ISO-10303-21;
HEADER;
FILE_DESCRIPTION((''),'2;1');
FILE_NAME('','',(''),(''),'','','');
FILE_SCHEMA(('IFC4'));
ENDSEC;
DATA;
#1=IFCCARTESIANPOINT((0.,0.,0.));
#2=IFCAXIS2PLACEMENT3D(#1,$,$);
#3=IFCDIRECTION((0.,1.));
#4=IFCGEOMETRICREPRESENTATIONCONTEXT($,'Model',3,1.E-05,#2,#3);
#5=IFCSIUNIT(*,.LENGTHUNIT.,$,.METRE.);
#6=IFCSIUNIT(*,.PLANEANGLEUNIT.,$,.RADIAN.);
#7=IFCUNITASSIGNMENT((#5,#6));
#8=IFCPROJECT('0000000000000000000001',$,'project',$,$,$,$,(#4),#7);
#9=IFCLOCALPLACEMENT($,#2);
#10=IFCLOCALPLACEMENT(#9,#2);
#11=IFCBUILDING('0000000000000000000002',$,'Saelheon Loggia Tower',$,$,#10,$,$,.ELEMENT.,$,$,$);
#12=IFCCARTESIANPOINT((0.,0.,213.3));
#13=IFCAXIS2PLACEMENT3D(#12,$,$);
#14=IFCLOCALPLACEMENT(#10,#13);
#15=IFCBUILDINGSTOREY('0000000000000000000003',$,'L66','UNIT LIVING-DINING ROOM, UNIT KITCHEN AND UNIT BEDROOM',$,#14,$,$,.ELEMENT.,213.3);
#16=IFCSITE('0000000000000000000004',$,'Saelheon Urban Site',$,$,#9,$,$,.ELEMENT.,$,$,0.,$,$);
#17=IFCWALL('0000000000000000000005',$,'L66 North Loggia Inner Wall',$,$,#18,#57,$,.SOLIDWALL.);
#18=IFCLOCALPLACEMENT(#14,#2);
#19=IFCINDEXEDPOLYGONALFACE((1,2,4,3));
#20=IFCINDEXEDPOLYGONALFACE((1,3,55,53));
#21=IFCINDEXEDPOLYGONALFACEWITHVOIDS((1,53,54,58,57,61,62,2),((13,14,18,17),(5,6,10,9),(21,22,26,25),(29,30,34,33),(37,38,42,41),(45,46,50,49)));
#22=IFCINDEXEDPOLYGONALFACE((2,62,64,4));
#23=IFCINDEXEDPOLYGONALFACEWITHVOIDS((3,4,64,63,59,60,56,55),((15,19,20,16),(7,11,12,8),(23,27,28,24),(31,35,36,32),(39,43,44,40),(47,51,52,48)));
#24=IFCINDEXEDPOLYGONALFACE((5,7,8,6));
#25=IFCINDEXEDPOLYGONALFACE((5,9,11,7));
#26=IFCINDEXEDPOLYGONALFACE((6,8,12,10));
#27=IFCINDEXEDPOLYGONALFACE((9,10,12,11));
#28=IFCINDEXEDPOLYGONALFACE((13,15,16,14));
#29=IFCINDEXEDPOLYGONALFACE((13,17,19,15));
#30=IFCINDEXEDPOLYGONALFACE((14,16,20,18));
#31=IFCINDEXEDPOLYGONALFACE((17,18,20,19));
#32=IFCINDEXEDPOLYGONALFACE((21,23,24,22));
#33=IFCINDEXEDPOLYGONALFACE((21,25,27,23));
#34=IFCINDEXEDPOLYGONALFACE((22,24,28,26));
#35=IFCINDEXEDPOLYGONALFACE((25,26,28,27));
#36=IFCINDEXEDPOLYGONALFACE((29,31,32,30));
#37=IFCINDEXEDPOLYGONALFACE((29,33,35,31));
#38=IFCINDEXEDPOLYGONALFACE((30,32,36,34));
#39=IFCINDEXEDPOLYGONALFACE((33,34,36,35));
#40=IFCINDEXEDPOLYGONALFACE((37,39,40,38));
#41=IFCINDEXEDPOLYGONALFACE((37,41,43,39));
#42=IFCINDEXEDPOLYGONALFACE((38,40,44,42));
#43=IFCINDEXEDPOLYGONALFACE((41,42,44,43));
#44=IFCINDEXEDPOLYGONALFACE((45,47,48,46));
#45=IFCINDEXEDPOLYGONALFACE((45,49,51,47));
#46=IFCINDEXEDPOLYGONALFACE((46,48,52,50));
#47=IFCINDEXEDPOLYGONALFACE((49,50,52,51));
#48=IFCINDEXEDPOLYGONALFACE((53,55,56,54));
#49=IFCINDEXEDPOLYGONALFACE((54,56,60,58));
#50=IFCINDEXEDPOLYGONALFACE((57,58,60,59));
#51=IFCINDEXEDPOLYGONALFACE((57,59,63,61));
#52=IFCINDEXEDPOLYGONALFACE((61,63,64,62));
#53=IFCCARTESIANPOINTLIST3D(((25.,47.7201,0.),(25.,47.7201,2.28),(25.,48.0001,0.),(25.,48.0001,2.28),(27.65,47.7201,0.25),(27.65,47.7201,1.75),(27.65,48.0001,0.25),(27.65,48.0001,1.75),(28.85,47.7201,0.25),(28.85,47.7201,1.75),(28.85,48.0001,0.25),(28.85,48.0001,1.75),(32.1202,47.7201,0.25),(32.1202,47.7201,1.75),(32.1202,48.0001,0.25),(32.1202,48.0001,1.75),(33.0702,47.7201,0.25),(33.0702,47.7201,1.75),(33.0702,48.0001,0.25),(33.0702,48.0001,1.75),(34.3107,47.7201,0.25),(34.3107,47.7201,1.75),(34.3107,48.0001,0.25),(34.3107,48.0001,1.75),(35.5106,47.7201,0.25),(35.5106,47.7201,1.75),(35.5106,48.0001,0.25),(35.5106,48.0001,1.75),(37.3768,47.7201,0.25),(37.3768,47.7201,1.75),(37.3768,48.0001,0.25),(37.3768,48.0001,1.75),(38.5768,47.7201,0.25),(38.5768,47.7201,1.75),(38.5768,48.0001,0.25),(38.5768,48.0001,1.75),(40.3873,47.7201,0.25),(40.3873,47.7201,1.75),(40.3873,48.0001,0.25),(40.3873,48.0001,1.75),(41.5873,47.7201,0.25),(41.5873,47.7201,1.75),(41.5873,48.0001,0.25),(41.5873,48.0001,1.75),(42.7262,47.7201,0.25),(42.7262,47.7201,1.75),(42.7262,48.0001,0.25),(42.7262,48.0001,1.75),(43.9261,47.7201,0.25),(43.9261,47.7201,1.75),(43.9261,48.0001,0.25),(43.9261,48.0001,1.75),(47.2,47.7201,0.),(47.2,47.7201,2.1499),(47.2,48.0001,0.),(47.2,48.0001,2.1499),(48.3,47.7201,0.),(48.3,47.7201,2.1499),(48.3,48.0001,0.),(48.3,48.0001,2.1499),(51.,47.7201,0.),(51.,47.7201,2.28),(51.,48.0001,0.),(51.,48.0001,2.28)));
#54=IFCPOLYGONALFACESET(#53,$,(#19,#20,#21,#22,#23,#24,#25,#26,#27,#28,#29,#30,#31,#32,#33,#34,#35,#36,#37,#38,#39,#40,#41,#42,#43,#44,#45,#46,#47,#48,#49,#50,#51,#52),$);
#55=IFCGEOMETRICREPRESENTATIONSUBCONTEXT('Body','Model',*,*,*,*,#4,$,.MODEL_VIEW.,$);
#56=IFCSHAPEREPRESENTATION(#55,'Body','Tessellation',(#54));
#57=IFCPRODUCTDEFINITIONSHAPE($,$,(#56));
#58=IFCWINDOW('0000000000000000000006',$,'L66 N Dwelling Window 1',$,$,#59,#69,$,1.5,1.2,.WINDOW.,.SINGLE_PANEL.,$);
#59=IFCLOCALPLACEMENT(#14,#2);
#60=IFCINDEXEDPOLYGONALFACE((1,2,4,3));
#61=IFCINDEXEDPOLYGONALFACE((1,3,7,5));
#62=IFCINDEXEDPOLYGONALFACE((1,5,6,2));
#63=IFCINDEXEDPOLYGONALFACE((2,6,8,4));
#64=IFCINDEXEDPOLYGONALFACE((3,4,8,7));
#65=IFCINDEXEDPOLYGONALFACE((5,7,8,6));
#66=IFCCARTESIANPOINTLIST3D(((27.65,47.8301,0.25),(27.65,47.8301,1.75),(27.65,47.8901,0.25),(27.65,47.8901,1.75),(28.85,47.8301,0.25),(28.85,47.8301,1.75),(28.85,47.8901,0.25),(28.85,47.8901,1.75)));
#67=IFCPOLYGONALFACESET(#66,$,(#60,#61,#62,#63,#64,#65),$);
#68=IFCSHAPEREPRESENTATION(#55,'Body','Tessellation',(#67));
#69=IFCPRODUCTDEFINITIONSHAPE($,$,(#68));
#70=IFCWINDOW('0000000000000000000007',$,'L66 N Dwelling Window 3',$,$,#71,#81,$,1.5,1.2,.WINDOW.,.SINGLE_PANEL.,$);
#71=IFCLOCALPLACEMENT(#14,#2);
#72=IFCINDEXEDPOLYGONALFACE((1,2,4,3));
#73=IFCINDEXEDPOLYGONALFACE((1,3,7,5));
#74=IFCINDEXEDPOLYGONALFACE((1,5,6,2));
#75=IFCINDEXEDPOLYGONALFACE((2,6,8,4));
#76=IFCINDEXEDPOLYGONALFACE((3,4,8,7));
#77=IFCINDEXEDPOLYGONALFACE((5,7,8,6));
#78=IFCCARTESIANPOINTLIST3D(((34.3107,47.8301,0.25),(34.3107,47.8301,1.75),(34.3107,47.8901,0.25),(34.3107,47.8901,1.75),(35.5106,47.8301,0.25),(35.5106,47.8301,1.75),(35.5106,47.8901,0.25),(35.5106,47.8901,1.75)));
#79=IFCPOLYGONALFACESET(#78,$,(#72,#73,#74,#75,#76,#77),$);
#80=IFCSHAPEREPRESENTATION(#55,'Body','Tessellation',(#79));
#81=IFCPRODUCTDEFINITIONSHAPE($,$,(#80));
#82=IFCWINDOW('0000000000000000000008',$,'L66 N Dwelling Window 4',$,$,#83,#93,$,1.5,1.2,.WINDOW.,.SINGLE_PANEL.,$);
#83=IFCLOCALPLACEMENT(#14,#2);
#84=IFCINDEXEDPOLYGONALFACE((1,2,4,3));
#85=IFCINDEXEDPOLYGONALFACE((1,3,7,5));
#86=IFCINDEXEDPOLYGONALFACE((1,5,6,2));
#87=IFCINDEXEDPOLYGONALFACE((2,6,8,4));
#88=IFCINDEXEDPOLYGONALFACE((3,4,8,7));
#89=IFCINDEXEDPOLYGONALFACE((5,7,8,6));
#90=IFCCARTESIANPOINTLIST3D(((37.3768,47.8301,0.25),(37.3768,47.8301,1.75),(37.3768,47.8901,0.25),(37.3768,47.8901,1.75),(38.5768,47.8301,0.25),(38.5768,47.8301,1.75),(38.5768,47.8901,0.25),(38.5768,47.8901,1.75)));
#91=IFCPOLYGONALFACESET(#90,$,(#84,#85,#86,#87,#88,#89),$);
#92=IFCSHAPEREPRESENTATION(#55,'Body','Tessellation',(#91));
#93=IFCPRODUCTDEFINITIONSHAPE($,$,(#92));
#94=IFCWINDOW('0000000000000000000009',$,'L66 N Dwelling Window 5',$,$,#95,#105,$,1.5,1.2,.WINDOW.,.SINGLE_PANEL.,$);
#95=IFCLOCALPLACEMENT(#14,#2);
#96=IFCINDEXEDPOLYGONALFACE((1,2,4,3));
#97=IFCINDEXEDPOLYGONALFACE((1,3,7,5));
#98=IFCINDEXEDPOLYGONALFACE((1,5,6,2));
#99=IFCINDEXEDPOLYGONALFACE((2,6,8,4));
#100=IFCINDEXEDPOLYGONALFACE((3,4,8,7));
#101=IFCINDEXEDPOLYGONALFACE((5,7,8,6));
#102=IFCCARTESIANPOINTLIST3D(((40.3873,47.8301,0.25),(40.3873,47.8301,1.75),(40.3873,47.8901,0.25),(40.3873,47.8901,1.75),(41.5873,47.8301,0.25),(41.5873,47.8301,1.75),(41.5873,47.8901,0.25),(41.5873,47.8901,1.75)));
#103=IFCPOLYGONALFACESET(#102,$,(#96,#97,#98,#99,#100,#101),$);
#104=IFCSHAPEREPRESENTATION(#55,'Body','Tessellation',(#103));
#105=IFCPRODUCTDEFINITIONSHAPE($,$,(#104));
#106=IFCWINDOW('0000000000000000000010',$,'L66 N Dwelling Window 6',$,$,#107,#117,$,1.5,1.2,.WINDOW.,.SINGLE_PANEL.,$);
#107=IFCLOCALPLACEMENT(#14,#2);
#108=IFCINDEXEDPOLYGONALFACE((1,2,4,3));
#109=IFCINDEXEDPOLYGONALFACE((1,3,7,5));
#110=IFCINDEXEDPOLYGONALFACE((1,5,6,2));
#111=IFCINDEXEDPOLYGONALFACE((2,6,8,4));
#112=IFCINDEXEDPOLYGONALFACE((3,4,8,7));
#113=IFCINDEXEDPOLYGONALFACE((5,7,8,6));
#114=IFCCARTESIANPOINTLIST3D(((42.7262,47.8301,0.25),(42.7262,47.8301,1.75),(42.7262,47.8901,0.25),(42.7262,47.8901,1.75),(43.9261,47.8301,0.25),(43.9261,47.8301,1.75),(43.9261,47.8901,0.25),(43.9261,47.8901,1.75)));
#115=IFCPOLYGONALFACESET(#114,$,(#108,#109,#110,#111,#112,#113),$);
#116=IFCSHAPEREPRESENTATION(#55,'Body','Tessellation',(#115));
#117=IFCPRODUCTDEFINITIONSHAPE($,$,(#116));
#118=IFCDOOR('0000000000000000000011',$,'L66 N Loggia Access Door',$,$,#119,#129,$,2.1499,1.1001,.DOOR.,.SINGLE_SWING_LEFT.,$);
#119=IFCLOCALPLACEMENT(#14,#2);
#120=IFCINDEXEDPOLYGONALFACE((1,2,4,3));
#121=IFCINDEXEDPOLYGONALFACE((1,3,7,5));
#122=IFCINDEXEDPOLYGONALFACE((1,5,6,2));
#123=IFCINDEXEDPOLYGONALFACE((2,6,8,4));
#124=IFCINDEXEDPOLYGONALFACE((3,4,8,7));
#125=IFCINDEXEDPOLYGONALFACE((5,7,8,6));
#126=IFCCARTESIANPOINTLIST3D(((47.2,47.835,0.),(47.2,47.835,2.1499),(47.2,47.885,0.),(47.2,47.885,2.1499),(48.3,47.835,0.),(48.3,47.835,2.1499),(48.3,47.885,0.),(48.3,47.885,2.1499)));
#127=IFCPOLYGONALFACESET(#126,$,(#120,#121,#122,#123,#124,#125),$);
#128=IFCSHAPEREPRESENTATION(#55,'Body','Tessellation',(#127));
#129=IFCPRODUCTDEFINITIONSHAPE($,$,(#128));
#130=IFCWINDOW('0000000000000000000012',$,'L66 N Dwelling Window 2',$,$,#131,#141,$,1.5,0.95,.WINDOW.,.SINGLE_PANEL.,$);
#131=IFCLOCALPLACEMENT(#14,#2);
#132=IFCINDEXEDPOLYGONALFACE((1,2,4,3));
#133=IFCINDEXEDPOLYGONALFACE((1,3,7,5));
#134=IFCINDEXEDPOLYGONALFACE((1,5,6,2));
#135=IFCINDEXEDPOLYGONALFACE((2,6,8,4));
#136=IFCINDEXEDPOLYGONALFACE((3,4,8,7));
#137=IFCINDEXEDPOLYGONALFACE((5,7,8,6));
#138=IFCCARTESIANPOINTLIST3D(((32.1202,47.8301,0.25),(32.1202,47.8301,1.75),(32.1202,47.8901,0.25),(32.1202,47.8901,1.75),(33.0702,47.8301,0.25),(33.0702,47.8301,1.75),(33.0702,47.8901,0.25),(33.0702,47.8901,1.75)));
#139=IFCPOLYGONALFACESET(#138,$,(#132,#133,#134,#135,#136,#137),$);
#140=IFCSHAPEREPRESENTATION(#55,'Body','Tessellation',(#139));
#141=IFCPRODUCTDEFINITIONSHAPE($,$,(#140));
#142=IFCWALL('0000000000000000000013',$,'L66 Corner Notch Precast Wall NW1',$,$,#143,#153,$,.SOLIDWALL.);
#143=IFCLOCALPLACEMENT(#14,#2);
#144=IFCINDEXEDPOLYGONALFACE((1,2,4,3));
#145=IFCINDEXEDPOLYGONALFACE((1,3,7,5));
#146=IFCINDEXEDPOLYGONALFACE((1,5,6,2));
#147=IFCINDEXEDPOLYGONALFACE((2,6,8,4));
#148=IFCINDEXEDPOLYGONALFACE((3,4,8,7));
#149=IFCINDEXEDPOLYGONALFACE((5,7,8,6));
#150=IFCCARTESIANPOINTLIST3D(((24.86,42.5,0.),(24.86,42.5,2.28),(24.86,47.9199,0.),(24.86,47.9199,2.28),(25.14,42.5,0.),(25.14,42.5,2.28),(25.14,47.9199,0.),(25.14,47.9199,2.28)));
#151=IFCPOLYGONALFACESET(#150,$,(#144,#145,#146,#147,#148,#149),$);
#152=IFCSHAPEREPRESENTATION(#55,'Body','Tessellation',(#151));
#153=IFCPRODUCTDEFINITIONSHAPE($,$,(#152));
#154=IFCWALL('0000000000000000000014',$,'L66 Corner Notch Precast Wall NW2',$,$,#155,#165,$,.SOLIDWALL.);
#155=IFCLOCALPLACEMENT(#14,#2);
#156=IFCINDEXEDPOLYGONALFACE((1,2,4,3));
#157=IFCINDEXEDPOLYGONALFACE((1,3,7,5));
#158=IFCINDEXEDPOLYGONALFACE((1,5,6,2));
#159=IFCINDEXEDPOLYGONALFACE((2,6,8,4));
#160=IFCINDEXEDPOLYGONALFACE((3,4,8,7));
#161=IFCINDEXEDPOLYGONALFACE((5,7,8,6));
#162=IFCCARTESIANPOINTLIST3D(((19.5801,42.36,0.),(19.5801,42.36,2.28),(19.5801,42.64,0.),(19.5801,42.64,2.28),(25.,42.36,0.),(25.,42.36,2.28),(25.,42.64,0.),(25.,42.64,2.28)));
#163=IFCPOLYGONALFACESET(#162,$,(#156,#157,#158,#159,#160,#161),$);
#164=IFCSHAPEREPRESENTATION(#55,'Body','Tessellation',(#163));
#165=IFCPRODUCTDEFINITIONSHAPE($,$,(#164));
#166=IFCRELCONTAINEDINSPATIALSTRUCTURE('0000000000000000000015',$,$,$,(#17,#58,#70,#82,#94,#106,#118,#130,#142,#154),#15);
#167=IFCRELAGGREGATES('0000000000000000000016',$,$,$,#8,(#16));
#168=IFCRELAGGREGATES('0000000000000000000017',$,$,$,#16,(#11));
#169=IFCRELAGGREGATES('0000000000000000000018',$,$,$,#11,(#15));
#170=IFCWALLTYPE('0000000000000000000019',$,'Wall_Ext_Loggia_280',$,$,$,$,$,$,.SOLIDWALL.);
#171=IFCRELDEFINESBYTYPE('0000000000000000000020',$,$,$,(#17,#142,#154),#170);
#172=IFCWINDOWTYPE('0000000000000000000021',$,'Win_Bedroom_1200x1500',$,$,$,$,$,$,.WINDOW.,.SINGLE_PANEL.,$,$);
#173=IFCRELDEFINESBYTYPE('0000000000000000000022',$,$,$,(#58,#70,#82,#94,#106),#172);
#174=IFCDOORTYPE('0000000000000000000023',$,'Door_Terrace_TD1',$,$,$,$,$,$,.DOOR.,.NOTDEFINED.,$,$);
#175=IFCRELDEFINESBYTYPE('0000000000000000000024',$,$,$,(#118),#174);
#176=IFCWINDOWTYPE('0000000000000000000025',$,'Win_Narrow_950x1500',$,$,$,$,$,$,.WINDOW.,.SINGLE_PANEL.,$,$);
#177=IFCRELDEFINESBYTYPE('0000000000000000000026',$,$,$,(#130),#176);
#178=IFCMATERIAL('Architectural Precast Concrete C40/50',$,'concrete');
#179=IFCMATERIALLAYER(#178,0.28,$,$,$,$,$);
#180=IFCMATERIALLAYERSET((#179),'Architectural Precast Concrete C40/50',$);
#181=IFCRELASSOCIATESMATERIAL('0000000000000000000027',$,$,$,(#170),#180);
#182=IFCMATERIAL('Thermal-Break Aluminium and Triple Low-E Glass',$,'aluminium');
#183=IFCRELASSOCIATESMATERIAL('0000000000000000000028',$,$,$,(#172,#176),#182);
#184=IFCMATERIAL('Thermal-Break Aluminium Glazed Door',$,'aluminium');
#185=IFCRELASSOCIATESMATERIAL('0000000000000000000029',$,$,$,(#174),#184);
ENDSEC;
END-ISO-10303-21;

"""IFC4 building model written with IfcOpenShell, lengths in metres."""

from ifc_helpers import new_model, si_unit, direction, frame, frame_2d, origin, place, context, subcontext, project, spatial, rectangle, extrude, source, transform, mapped, material, layer, layer_set, type_object, element, fill, save


model = new_model("IFC4")

# Units and contexts
model_context = context("Model", 3, precision=1e-05, world=origin(), true_north=direction((0.0, 1.0)))
body_context = subcontext(model_context, "Body", "Model", "MODEL_VIEW")
ifc_project = project(units=[si_unit("LENGTHUNIT", "METRE"), si_unit("PLANEANGLEUNIT", "RADIAN")], contexts=[model_context])

# Site, building, storey
site_placement = place(None, origin())
site = spatial("IfcSite", under=ifc_project, at=site_placement, Name="Saelheon Urban Site", CompositionType="ELEMENT", RefElevation=0.0)
building_placement = place(site_placement, origin())
building = spatial("IfcBuilding", under=site, at=building_placement, Name="Saelheon Loggia Tower", CompositionType="ELEMENT")
storey_placement = place(building_placement, frame((0.0, 0.0, 213.3)))
storey = spatial("IfcBuildingStorey", under=building, at=storey_placement, Name="L66", Description="UNIT LIVING-DINING ROOM, UNIT KITCHEN AND UNIT BEDROOM", CompositionType="ELEMENT", Elevation=213.3)

# Wall, openings, windows, door
ifc_material_1 = material(Name="Architectural Precast Concrete C40/50", Category="concrete")
ifc_layer_1 = layer(ifc_material_1, 0.28)
ifc_layer_set_1 = layer_set([ifc_layer_1], Name="Architectural Precast Concrete C40/50")
wall_type_1 = type_object("IfcWallType", Name="Wall_Ext_Loggia_280", PredefinedType="SOLIDWALL", material=ifc_layer_set_1)
wall_1_placement = place(storey_placement, frame((25.0, 47.8601, 0.0), z_axis=(0.0, 0.0, 1.0), x_axis=(1.0, 0.0, 0.0)))
wall_1 = element("IfcWall", 1, at=wall_1_placement, inside=storey, type_object=wall_type_1, Name="L66 North Loggia Inner Wall", PredefinedType="SOLIDWALL", context=body_context, shape_type="SweptSolid", body=[
    extrude(rectangle(XDim=26.0, YDim=0.28, at=frame_2d((13.0, 0.0))), origin(), (0.0, 0.0, 1.0), 2.28),
])
opening_1_placement = place(wall_1_placement, frame((2.6499, 0.0, 0.25)))
opening_1 = element("IfcOpeningElement", 2, at=opening_1_placement, cuts=wall_1, PredefinedType="OPENING", context=body_context, shape_type="SweptSolid", body=[
    extrude(rectangle(XDim=1.2, YDim=1.5, at=frame_2d((0.6001, 0.75))), frame((0.0, 0.1521, 0.0), z_axis=(0.0, -1.0, 0.0), x_axis=(1.0, 0.0, 0.0)), (0.0, 0.0, 1.0), 0.304),
])
opening_2_placement = place(wall_1_placement, frame((7.1201, 0.0, 0.25)))
opening_2 = element("IfcOpeningElement", 3, at=opening_2_placement, cuts=wall_1, PredefinedType="OPENING", context=body_context, shape_type="SweptSolid", body=[
    extrude(rectangle(XDim=0.95, YDim=1.5, at=frame_2d((0.4751, 0.75))), frame((0.0, 0.1521, 0.0), z_axis=(0.0, -1.0, 0.0), x_axis=(1.0, 0.0, 0.0)), (0.0, 0.0, 1.0), 0.304),
])
opening_3_placement = place(wall_1_placement, frame((9.3105, 0.0, 0.25)))
opening_3 = element("IfcOpeningElement", 4, at=opening_3_placement, cuts=wall_1, PredefinedType="OPENING", context=body_context, shape_type="SweptSolid", body=[
    extrude(rectangle(XDim=1.2, YDim=1.5, at=frame_2d((0.6001, 0.75))), frame((0.0, 0.1521, 0.0), z_axis=(0.0, -1.0, 0.0), x_axis=(1.0, 0.0, 0.0)), (0.0, 0.0, 1.0), 0.304),
])
opening_4_placement = place(wall_1_placement, frame((12.3767, 0.0, 0.25)))
opening_4 = element("IfcOpeningElement", 5, at=opening_4_placement, cuts=wall_1, PredefinedType="OPENING", context=body_context, shape_type="SweptSolid", body=[
    extrude(rectangle(XDim=1.2, YDim=1.5, at=frame_2d((0.6001, 0.75))), frame((0.0, 0.1521, 0.0), z_axis=(0.0, -1.0, 0.0), x_axis=(1.0, 0.0, 0.0)), (0.0, 0.0, 1.0), 0.304),
])
opening_5_placement = place(wall_1_placement, frame((15.3872, 0.0, 0.25)))
opening_5 = element("IfcOpeningElement", 6, at=opening_5_placement, cuts=wall_1, PredefinedType="OPENING", context=body_context, shape_type="SweptSolid", body=[
    extrude(rectangle(XDim=1.2, YDim=1.5, at=frame_2d((0.6001, 0.75))), frame((0.0, 0.1521, 0.0), z_axis=(0.0, -1.0, 0.0), x_axis=(1.0, 0.0, 0.0)), (0.0, 0.0, 1.0), 0.304),
])
opening_6_placement = place(wall_1_placement, frame((17.7261, 0.0, 0.25)))
opening_6 = element("IfcOpeningElement", 7, at=opening_6_placement, cuts=wall_1, PredefinedType="OPENING", context=body_context, shape_type="SweptSolid", body=[
    extrude(rectangle(XDim=1.2, YDim=1.5, at=frame_2d((0.6001, 0.75))), frame((0.0, 0.1521, 0.0), z_axis=(0.0, -1.0, 0.0), x_axis=(1.0, 0.0, 0.0)), (0.0, 0.0, 1.0), 0.304),
])
opening_7_placement = place(wall_1_placement, frame((22.2, 0.0, 0.0)))
opening_7 = element("IfcOpeningElement", 8, at=opening_7_placement, cuts=wall_1, PredefinedType="OPENING", context=body_context, shape_type="SweptSolid", body=[
    extrude(rectangle(XDim=1.1001, YDim=2.1499, at=frame_2d((0.55, 1.075))), frame((0.0, 0.1521, 0.0), z_axis=(0.0, -1.0, 0.0), x_axis=(1.0, 0.0, 0.0)), (0.0, 0.0, 1.0), 0.304),
])
ifc_material_2 = material(Name="Thermal-Break Aluminium and Triple Low-E Glass", Category="aluminium")
window_type_1 = type_object("IfcWindowType", Name="Win_Bedroom_1200x1500", PartitioningType="SINGLE_PANEL", PredefinedType="WINDOW", material=ifc_material_2)
shared_shape_1 = source(origin(), body_context, "Body", "SweptSolid", [
    extrude(rectangle(XDim=1.2, YDim=1.5, at=frame_2d((0.6001, 0.75))), frame((0.0, 0.03, 0.0), z_axis=(0.0, -1.0, 0.0), x_axis=(1.0, 0.0, 0.0)), (0.0, 0.0, 1.0), 0.0601),
])
window_1_placement = place(opening_1_placement, origin())
window_1 = element("IfcWindow", 9, at=window_1_placement, inside=storey, type_object=window_type_1, Name="L66 N Dwelling Window 1", OverallHeight=1.5, OverallWidth=1.2, PartitioningType="SINGLE_PANEL", PredefinedType="WINDOW", context=body_context, shape_type="MappedRepresentation", body=[
    mapped(shared_shape_1, transform((0.0, 0.0, 0.0), scale=1.0)),
])
fill(opening_1, window_1)
window_2_placement = place(opening_3_placement, origin())
window_2 = element("IfcWindow", 10, at=window_2_placement, inside=storey, type_object=window_type_1, Name="L66 N Dwelling Window 3", OverallHeight=1.5, OverallWidth=1.2, PartitioningType="SINGLE_PANEL", PredefinedType="WINDOW", context=body_context, shape_type="MappedRepresentation", body=[
    mapped(shared_shape_1, transform((0.0, 0.0, 0.0), scale=1.0)),
])
fill(opening_3, window_2)
window_3_placement = place(opening_4_placement, origin())
window_3 = element("IfcWindow", 11, at=window_3_placement, inside=storey, type_object=window_type_1, Name="L66 N Dwelling Window 4", OverallHeight=1.5, OverallWidth=1.2, PartitioningType="SINGLE_PANEL", PredefinedType="WINDOW", context=body_context, shape_type="MappedRepresentation", body=[
    mapped(shared_shape_1, transform((0.0, 0.0, 0.0), scale=1.0)),
])
fill(opening_4, window_3)
window_4_placement = place(opening_5_placement, origin())
window_4 = element("IfcWindow", 12, at=window_4_placement, inside=storey, type_object=window_type_1, Name="L66 N Dwelling Window 5", OverallHeight=1.5, OverallWidth=1.2, PartitioningType="SINGLE_PANEL", PredefinedType="WINDOW", context=body_context, shape_type="MappedRepresentation", body=[
    mapped(shared_shape_1, transform((0.0, 0.0, 0.0), scale=1.0)),
])
fill(opening_5, window_4)
window_5_placement = place(opening_6_placement, origin())
window_5 = element("IfcWindow", 13, at=window_5_placement, inside=storey, type_object=window_type_1, Name="L66 N Dwelling Window 6", OverallHeight=1.5, OverallWidth=1.2, PartitioningType="SINGLE_PANEL", PredefinedType="WINDOW", context=body_context, shape_type="MappedRepresentation", body=[
    mapped(shared_shape_1, transform((0.0, 0.0, 0.0), scale=1.0)),
])
fill(opening_6, window_5)
ifc_material_3 = material(Name="Thermal-Break Aluminium Glazed Door", Category="aluminium")
door_type_1 = type_object("IfcDoorType", Name="Door_Terrace_TD1", OperationType="NOTDEFINED", PredefinedType="DOOR", material=ifc_material_3)
shared_shape_2 = source(origin(), body_context, "Body", "SweptSolid", [
    extrude(rectangle(XDim=1.1001, YDim=2.1499, at=frame_2d((0.55, 1.075))), frame((0.0, 0.0249, 0.0), z_axis=(0.0, -1.0, 0.0), x_axis=(1.0, 0.0, 0.0)), (0.0, 0.0, 1.0), 0.05),
])
door_1_placement = place(opening_7_placement, origin())
door_1 = element("IfcDoor", 14, at=door_1_placement, inside=storey, type_object=door_type_1, Name="L66 N Loggia Access Door", OperationType="SINGLE_SWING_LEFT", OverallHeight=2.1499, OverallWidth=1.1001, PredefinedType="DOOR", context=body_context, shape_type="MappedRepresentation", body=[
    mapped(shared_shape_2, transform((0.0, 0.0, 0.0), scale=1.0)),
])
fill(opening_7, door_1)
window_type_2 = type_object("IfcWindowType", Name="Win_Narrow_950x1500", PartitioningType="SINGLE_PANEL", PredefinedType="WINDOW", material=ifc_material_2)
shared_shape_3 = source(origin(), body_context, "Body", "SweptSolid", [
    extrude(rectangle(XDim=0.95, YDim=1.5, at=frame_2d((0.4751, 0.75))), frame((0.0, 0.03, 0.0), z_axis=(0.0, -1.0, 0.0), x_axis=(1.0, 0.0, 0.0)), (0.0, 0.0, 1.0), 0.0601),
])
window_6_placement = place(opening_2_placement, origin())
window_6 = element("IfcWindow", 15, at=window_6_placement, inside=storey, type_object=window_type_2, Name="L66 N Dwelling Window 2", OverallHeight=1.5, OverallWidth=0.95, PartitioningType="SINGLE_PANEL", PredefinedType="WINDOW", context=body_context, shape_type="MappedRepresentation", body=[
    mapped(shared_shape_3, transform((0.0, 0.0, 0.0), scale=1.0)),
])
fill(opening_2, window_6)

# Walls
for number, where, z_axis, x_axis, name in (
    (16, (25.0, 42.5, 0.0), (0.0, 0.0, 1.0), (0.0, 1.0, 0.0), "L66 Corner Notch Precast Wall NW1"),
    (17, (19.5801, 42.5, 0.0), (0.0, 0.0, 1.0), (1.0, 0.0, 0.0), "L66 Corner Notch Precast Wall NW2"),
):
    element("IfcWall", number, at=place(storey_placement, frame(where, z_axis=z_axis, x_axis=x_axis)), inside=storey, type_object=wall_type_1, Name=name, PredefinedType="SOLIDWALL", context=body_context, shape_type="SweptSolid", body=[
        extrude(rectangle(XDim=5.4199, YDim=0.28, at=frame_2d((2.71, 0.0))), origin(), (0.0, 0.0, 1.0), 2.28),
    ])

save(model, "model.ifc")
